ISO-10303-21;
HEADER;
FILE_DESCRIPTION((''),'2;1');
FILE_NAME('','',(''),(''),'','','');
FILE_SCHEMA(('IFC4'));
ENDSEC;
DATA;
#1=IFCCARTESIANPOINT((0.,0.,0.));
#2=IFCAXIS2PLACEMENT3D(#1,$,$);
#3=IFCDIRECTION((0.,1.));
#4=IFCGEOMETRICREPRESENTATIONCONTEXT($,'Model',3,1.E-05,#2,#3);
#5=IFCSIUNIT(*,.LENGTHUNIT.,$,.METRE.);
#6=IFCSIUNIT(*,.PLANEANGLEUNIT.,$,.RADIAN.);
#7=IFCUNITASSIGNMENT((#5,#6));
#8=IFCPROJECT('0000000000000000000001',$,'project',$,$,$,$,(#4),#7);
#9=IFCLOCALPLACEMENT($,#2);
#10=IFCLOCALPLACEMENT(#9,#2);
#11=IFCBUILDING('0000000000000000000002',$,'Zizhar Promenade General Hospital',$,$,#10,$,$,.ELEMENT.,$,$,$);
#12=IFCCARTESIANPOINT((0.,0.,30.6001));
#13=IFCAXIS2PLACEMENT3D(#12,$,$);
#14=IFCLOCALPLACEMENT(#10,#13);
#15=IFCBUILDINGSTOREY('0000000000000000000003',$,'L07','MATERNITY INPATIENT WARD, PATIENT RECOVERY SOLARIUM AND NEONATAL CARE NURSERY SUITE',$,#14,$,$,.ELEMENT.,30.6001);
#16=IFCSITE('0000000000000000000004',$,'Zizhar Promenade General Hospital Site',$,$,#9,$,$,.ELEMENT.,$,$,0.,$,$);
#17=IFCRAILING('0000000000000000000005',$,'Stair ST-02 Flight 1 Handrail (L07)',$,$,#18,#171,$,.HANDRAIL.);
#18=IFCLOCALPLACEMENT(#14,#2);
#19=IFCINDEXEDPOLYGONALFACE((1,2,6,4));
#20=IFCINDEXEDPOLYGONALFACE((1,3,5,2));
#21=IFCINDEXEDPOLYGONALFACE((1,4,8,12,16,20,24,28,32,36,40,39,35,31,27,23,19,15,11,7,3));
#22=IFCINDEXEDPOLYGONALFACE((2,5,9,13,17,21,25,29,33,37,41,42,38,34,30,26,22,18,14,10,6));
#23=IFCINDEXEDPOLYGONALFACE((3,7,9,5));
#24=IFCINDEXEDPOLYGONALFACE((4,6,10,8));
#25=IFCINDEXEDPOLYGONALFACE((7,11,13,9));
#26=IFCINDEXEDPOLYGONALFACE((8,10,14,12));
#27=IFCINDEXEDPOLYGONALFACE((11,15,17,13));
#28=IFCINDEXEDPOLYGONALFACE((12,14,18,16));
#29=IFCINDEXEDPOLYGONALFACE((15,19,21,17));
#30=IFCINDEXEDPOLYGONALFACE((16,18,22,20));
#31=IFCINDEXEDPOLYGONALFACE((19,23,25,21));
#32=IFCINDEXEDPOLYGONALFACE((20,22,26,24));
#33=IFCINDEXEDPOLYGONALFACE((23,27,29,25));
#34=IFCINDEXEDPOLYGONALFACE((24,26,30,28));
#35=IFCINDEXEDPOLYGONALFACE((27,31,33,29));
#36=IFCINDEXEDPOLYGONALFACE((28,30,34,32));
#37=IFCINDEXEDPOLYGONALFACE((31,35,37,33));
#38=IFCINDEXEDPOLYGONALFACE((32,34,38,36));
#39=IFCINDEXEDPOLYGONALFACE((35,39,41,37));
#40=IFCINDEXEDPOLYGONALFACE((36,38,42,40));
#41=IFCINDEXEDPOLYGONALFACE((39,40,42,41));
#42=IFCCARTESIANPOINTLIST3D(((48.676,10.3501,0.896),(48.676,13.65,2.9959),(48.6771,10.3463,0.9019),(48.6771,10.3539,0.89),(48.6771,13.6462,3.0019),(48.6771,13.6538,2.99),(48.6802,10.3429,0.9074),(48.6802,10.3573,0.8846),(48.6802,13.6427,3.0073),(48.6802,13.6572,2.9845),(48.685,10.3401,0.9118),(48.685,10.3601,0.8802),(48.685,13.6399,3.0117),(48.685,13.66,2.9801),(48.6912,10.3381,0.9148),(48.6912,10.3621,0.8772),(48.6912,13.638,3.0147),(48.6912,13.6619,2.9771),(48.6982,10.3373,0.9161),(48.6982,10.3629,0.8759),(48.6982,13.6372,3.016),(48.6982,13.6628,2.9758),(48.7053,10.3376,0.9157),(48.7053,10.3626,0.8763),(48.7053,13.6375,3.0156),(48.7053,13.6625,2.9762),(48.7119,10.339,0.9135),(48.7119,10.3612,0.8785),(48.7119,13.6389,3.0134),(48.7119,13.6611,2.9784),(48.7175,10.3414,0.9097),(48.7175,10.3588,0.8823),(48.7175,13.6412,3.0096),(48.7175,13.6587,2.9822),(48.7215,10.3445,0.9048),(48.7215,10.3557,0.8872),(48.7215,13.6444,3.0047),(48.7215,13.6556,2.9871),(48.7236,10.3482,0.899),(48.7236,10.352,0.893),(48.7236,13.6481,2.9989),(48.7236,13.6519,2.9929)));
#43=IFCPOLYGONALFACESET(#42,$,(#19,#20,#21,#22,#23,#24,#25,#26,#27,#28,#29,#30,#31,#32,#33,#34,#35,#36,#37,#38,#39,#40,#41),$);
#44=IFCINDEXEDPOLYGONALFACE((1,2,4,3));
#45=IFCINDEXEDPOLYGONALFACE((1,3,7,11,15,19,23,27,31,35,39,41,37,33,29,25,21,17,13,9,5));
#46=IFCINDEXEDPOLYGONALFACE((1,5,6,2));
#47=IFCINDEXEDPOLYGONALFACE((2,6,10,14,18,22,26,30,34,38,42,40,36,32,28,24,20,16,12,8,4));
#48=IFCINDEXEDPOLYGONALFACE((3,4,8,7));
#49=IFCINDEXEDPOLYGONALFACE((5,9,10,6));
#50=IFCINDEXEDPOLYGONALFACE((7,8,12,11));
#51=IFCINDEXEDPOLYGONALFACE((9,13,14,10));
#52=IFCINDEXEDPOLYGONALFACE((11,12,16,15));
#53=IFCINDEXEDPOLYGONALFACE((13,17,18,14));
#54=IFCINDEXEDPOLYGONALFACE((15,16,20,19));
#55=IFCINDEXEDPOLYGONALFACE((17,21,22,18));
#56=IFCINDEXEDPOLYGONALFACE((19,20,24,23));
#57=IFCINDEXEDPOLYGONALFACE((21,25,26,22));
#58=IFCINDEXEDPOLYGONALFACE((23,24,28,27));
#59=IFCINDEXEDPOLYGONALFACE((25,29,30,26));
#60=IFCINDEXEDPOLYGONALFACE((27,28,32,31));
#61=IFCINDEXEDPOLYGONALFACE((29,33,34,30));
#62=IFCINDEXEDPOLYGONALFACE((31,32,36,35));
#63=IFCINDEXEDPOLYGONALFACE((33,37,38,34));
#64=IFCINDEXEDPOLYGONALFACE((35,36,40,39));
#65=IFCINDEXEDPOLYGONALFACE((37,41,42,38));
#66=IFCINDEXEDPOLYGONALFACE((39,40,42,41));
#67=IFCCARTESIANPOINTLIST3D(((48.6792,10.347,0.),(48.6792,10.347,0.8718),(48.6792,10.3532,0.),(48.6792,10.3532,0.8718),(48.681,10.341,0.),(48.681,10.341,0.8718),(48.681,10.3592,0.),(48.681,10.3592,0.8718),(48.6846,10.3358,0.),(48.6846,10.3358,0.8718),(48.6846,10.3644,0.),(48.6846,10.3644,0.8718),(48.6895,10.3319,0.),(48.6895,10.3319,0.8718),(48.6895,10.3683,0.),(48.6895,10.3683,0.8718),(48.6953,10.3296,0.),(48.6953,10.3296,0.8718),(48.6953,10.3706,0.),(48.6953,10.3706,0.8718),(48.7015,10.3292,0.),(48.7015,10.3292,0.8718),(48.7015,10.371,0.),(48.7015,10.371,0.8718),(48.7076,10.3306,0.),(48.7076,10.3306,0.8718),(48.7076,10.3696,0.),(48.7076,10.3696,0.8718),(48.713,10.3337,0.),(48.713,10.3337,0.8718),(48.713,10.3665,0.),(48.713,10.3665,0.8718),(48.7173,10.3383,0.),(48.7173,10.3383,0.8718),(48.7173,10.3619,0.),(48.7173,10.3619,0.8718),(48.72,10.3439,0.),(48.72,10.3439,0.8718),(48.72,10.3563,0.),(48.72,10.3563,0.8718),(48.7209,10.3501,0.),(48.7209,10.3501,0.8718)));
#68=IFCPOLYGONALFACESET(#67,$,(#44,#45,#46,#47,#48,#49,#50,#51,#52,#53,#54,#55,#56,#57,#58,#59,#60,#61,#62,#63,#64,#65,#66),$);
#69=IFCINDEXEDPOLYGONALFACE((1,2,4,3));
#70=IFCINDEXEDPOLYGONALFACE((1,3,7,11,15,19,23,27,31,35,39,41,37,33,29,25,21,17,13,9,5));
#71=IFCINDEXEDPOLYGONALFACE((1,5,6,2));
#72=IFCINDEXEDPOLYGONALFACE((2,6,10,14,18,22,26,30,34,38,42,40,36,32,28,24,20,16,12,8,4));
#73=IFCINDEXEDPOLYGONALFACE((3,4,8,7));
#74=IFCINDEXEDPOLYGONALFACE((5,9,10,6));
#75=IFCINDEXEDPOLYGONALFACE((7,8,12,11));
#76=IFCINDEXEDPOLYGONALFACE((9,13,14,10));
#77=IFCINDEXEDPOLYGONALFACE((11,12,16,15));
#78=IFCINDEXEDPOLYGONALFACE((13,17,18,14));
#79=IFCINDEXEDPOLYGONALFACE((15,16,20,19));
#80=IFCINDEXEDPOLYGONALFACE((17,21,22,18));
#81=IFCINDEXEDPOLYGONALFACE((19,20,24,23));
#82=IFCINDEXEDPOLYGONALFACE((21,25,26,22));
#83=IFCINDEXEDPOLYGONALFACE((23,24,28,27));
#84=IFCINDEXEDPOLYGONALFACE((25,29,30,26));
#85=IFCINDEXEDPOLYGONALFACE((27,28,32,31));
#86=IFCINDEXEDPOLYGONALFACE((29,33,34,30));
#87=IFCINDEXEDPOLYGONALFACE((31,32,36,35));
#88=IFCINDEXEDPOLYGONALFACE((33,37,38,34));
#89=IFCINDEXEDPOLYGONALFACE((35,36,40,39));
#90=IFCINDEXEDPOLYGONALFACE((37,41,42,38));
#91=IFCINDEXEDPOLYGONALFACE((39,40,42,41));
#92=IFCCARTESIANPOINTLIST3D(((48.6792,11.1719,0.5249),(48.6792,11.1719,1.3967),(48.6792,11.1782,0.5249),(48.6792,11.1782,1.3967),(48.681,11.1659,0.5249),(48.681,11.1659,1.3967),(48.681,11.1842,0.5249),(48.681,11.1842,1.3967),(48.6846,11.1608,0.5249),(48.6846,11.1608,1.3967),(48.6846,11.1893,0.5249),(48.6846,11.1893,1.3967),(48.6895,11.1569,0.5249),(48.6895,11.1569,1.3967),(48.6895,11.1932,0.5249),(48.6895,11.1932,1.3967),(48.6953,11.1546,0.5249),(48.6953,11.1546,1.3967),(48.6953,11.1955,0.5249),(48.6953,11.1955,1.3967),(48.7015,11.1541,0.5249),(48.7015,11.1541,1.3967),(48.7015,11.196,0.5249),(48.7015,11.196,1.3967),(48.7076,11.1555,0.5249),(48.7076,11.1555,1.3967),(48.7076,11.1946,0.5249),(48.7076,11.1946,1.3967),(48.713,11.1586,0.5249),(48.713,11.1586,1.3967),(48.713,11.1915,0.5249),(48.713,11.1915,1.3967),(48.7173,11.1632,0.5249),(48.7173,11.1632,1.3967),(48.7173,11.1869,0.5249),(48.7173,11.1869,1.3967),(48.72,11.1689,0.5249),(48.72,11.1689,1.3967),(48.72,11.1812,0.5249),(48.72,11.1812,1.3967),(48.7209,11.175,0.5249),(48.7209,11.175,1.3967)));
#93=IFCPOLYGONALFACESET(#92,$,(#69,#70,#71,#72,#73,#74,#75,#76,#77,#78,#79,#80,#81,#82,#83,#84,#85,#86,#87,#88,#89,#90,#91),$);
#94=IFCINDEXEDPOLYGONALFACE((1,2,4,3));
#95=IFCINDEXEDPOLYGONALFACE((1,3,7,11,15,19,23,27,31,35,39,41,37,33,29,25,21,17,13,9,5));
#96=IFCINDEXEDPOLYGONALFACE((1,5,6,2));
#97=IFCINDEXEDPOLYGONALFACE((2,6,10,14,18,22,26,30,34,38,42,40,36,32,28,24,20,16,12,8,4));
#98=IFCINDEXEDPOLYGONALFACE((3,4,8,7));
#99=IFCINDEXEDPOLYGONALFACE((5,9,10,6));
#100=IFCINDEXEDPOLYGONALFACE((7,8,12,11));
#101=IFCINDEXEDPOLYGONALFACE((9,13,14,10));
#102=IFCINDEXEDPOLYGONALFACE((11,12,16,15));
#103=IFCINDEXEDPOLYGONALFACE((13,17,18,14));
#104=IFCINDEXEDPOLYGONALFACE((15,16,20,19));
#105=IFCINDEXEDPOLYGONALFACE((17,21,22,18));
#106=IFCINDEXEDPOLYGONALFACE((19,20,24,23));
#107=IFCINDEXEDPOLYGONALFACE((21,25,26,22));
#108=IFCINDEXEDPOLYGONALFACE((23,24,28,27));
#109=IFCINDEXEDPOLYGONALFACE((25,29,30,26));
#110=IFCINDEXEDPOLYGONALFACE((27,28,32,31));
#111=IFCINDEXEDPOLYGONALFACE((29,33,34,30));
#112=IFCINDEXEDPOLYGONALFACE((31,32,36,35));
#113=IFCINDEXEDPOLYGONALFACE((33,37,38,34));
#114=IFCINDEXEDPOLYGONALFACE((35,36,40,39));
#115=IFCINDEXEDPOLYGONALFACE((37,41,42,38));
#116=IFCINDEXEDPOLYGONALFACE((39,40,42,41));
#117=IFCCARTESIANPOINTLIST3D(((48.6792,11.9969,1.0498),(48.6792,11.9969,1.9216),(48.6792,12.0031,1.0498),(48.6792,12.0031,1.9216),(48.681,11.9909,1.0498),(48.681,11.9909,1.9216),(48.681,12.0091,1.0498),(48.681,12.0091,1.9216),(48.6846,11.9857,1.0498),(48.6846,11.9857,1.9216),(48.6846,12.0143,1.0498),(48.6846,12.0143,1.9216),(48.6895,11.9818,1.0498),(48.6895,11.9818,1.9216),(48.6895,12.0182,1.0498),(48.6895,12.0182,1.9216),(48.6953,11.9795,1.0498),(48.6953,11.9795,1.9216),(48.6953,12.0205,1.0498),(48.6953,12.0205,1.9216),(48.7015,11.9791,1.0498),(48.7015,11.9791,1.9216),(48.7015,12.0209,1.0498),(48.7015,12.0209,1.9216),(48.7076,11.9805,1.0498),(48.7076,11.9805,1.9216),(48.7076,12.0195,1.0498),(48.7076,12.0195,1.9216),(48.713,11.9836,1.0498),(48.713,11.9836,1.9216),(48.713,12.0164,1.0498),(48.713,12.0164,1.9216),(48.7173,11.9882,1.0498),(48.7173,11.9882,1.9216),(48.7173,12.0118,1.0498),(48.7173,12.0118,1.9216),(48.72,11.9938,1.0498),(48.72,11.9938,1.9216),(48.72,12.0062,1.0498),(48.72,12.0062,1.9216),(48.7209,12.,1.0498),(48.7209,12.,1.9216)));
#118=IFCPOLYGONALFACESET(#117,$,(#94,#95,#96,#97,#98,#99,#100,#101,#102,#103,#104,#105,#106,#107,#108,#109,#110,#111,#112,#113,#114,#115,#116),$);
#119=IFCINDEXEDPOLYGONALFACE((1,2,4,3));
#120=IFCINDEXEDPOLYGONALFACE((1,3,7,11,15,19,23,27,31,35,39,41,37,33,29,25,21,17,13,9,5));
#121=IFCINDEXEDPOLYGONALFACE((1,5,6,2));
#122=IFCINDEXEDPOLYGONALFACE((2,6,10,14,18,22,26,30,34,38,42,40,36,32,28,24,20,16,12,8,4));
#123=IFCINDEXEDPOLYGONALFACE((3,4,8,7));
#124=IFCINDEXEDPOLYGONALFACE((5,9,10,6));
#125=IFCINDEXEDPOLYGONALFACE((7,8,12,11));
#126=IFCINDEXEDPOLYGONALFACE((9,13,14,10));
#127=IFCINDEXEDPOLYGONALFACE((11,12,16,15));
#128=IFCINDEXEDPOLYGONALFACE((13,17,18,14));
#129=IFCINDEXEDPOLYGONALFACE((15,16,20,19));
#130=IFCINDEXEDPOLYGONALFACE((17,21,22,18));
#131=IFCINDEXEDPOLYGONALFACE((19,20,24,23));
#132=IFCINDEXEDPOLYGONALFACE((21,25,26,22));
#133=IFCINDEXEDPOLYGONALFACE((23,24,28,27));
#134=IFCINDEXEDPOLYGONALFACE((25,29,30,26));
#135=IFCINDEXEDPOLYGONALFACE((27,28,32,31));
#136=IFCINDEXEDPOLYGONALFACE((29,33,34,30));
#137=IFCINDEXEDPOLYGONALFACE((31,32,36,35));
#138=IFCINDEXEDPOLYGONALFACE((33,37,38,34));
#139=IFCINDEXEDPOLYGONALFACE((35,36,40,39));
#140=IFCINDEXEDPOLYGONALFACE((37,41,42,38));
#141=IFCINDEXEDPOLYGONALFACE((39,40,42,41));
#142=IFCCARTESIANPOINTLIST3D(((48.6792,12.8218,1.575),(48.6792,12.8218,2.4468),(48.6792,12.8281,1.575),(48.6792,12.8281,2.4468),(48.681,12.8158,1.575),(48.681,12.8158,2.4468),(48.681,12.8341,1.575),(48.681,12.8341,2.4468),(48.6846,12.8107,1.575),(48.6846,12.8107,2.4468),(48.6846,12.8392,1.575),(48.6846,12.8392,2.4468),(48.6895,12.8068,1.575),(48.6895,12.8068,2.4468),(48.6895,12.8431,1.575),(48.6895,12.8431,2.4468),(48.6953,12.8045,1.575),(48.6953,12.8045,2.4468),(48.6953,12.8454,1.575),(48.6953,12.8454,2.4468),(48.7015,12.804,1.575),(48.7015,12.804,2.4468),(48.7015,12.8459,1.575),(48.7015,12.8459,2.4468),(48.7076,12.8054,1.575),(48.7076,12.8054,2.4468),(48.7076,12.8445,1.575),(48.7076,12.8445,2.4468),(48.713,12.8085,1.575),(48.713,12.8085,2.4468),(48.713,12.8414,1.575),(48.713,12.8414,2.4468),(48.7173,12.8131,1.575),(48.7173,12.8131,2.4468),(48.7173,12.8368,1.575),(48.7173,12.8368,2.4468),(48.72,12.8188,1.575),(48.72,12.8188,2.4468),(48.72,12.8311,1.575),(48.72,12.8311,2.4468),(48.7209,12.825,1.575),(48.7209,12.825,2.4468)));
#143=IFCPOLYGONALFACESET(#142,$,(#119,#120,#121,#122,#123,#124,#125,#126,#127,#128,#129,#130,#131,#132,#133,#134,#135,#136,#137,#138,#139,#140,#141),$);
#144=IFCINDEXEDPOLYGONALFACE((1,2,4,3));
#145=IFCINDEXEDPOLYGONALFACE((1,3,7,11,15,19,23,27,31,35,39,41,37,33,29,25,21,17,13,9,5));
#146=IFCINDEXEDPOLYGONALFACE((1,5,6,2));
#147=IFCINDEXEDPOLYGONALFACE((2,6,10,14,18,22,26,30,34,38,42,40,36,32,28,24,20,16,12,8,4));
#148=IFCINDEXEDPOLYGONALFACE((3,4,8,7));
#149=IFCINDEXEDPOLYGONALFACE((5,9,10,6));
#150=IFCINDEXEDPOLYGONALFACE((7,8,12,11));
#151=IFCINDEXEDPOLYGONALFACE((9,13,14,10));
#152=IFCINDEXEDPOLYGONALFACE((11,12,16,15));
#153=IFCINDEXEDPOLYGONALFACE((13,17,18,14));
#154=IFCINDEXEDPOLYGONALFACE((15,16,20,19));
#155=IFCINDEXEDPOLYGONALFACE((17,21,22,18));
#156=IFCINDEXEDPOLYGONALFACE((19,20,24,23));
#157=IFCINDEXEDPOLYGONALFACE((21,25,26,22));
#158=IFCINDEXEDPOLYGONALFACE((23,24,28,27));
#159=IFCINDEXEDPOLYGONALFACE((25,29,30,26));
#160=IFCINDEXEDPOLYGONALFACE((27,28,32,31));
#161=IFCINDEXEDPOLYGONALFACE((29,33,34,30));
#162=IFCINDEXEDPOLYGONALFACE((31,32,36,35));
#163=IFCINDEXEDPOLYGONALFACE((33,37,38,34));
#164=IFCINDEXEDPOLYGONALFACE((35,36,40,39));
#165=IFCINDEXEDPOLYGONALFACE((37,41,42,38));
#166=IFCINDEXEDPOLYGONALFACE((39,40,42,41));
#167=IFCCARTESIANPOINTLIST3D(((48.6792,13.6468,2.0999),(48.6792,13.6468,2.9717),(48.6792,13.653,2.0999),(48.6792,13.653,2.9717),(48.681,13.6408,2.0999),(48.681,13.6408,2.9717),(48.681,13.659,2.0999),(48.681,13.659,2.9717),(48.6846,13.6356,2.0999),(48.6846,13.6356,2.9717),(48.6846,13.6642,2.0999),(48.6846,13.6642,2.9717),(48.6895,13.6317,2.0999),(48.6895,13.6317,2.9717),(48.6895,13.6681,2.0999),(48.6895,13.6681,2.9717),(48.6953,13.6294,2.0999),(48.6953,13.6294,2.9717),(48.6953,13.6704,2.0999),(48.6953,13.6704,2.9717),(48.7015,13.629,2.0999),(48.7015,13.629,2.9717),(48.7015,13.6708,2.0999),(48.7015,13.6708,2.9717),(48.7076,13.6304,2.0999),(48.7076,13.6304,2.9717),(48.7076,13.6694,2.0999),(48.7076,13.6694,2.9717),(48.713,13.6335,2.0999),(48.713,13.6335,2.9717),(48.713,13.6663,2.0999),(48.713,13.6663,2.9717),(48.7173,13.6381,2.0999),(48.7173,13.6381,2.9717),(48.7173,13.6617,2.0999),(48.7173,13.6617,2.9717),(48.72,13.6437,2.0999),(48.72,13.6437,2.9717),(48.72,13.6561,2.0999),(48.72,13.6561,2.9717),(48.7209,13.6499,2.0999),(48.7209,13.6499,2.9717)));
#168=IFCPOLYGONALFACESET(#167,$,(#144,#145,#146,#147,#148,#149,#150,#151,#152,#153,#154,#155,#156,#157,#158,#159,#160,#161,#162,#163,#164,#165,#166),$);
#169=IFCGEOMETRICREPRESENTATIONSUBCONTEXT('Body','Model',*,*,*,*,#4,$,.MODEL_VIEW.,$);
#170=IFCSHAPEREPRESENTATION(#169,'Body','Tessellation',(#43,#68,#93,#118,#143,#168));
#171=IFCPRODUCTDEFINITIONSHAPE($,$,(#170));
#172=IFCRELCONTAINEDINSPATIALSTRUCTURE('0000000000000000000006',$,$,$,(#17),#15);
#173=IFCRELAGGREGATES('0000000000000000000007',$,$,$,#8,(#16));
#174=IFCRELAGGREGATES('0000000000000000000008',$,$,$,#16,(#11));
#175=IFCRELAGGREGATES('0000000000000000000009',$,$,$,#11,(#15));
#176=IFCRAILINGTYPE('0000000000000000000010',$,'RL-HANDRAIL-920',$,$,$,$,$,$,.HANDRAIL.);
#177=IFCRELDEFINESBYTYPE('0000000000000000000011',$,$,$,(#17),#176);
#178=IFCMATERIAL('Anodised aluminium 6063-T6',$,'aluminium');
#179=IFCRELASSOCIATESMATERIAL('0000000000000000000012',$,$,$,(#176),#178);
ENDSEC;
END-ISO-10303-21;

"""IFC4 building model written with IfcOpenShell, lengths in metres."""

from ifc_helpers import new_model, si_unit, direction, frame, origin, origin_2d, place, context, subcontext, project, spatial, circle, hollow_circle, extrude, material, material_profile, profile_set, type_object, element, save


model = new_model("IFC4")

# Units and contexts
model_context = context("Model", 3, precision=1e-05, world=origin(), true_north=direction((0.0, 1.0)))
body_context = subcontext(model_context, "Body", "Model", "MODEL_VIEW")
ifc_project = project(units=[si_unit("LENGTHUNIT", "METRE"), si_unit("PLANEANGLEUNIT", "RADIAN")], contexts=[model_context])

# Site, building, storey
site_placement = place(None, origin())
site = spatial("IfcSite", under=ifc_project, at=site_placement, Name="Zizhar Promenade General Hospital Site", CompositionType="ELEMENT", RefElevation=0.0)
building_placement = place(site_placement, origin())
building = spatial("IfcBuilding", under=site, at=building_placement, Name="Zizhar Promenade General Hospital", CompositionType="ELEMENT")
storey_placement = place(building_placement, frame((0.0, 0.0, 30.6001)))
storey = spatial("IfcBuildingStorey", under=building, at=storey_placement, Name="L07", Description="MATERNITY INPATIENT WARD, PATIENT RECOVERY SOLARIUM AND NEONATAL CARE NURSERY SUITE", CompositionType="ELEMENT", Elevation=30.6001)

# Railing
ifc_material_1 = material(Name="Anodised aluminium 6063-T6", Category="aluminium")
ifc_material_profile_1 = material_profile(ifc_material_1, hollow_circle(Radius=0.0698, WallThickness=0.0063, at=origin_2d()))
ifc_profile_set_1 = profile_set([ifc_material_profile_1], Name="Anodised aluminium 6063-T6")
railing_type_1 = type_object("IfcRailingType", Name="RL-HANDRAIL-920", PredefinedType="HANDRAIL", material=ifc_profile_set_1)
railing_1_placement = place(storey_placement, frame((48.7, 10.3501, 0.0)))
element("IfcRailing", 1, at=railing_1_placement, inside=storey, type_object=railing_type_1, Name="Stair ST-02 Flight 1 Handrail (L07)", PredefinedType="HANDRAIL", context=body_context, shape_type="SweptSolid", body=[
    extrude(circle(Radius=0.0239, at=origin_2d()), frame((0.0, 0.0, 0.896), z_axis=(0.0, 0.843664, 0.536871), x_axis=(-1.0, 0.0, 0.0)), (0.0, 0.0, 1.0), 3.9114),
    extrude(circle(Radius=0.021, at=origin_2d()), origin(), (0.0, 0.0, 1.0), 0.8718),
    extrude(circle(Radius=0.021, at=origin_2d()), frame((0.0, 0.825, 0.5249)), (0.0, 0.0, 1.0), 0.8718),
    extrude(circle(Radius=0.021, at=origin_2d()), frame((0.0, 1.6499, 1.0498)), (0.0, 0.0, 1.0), 0.8718),
    extrude(circle(Radius=0.021, at=origin_2d()), frame((0.0, 2.4749, 1.575)), (0.0, 0.0, 1.0), 0.8718),
    extrude(circle(Radius=0.021, at=origin_2d()), frame((0.0, 3.2998, 2.0999)), (0.0, 0.0, 1.0), 0.8718),
])

save(model, "model.ifc")
